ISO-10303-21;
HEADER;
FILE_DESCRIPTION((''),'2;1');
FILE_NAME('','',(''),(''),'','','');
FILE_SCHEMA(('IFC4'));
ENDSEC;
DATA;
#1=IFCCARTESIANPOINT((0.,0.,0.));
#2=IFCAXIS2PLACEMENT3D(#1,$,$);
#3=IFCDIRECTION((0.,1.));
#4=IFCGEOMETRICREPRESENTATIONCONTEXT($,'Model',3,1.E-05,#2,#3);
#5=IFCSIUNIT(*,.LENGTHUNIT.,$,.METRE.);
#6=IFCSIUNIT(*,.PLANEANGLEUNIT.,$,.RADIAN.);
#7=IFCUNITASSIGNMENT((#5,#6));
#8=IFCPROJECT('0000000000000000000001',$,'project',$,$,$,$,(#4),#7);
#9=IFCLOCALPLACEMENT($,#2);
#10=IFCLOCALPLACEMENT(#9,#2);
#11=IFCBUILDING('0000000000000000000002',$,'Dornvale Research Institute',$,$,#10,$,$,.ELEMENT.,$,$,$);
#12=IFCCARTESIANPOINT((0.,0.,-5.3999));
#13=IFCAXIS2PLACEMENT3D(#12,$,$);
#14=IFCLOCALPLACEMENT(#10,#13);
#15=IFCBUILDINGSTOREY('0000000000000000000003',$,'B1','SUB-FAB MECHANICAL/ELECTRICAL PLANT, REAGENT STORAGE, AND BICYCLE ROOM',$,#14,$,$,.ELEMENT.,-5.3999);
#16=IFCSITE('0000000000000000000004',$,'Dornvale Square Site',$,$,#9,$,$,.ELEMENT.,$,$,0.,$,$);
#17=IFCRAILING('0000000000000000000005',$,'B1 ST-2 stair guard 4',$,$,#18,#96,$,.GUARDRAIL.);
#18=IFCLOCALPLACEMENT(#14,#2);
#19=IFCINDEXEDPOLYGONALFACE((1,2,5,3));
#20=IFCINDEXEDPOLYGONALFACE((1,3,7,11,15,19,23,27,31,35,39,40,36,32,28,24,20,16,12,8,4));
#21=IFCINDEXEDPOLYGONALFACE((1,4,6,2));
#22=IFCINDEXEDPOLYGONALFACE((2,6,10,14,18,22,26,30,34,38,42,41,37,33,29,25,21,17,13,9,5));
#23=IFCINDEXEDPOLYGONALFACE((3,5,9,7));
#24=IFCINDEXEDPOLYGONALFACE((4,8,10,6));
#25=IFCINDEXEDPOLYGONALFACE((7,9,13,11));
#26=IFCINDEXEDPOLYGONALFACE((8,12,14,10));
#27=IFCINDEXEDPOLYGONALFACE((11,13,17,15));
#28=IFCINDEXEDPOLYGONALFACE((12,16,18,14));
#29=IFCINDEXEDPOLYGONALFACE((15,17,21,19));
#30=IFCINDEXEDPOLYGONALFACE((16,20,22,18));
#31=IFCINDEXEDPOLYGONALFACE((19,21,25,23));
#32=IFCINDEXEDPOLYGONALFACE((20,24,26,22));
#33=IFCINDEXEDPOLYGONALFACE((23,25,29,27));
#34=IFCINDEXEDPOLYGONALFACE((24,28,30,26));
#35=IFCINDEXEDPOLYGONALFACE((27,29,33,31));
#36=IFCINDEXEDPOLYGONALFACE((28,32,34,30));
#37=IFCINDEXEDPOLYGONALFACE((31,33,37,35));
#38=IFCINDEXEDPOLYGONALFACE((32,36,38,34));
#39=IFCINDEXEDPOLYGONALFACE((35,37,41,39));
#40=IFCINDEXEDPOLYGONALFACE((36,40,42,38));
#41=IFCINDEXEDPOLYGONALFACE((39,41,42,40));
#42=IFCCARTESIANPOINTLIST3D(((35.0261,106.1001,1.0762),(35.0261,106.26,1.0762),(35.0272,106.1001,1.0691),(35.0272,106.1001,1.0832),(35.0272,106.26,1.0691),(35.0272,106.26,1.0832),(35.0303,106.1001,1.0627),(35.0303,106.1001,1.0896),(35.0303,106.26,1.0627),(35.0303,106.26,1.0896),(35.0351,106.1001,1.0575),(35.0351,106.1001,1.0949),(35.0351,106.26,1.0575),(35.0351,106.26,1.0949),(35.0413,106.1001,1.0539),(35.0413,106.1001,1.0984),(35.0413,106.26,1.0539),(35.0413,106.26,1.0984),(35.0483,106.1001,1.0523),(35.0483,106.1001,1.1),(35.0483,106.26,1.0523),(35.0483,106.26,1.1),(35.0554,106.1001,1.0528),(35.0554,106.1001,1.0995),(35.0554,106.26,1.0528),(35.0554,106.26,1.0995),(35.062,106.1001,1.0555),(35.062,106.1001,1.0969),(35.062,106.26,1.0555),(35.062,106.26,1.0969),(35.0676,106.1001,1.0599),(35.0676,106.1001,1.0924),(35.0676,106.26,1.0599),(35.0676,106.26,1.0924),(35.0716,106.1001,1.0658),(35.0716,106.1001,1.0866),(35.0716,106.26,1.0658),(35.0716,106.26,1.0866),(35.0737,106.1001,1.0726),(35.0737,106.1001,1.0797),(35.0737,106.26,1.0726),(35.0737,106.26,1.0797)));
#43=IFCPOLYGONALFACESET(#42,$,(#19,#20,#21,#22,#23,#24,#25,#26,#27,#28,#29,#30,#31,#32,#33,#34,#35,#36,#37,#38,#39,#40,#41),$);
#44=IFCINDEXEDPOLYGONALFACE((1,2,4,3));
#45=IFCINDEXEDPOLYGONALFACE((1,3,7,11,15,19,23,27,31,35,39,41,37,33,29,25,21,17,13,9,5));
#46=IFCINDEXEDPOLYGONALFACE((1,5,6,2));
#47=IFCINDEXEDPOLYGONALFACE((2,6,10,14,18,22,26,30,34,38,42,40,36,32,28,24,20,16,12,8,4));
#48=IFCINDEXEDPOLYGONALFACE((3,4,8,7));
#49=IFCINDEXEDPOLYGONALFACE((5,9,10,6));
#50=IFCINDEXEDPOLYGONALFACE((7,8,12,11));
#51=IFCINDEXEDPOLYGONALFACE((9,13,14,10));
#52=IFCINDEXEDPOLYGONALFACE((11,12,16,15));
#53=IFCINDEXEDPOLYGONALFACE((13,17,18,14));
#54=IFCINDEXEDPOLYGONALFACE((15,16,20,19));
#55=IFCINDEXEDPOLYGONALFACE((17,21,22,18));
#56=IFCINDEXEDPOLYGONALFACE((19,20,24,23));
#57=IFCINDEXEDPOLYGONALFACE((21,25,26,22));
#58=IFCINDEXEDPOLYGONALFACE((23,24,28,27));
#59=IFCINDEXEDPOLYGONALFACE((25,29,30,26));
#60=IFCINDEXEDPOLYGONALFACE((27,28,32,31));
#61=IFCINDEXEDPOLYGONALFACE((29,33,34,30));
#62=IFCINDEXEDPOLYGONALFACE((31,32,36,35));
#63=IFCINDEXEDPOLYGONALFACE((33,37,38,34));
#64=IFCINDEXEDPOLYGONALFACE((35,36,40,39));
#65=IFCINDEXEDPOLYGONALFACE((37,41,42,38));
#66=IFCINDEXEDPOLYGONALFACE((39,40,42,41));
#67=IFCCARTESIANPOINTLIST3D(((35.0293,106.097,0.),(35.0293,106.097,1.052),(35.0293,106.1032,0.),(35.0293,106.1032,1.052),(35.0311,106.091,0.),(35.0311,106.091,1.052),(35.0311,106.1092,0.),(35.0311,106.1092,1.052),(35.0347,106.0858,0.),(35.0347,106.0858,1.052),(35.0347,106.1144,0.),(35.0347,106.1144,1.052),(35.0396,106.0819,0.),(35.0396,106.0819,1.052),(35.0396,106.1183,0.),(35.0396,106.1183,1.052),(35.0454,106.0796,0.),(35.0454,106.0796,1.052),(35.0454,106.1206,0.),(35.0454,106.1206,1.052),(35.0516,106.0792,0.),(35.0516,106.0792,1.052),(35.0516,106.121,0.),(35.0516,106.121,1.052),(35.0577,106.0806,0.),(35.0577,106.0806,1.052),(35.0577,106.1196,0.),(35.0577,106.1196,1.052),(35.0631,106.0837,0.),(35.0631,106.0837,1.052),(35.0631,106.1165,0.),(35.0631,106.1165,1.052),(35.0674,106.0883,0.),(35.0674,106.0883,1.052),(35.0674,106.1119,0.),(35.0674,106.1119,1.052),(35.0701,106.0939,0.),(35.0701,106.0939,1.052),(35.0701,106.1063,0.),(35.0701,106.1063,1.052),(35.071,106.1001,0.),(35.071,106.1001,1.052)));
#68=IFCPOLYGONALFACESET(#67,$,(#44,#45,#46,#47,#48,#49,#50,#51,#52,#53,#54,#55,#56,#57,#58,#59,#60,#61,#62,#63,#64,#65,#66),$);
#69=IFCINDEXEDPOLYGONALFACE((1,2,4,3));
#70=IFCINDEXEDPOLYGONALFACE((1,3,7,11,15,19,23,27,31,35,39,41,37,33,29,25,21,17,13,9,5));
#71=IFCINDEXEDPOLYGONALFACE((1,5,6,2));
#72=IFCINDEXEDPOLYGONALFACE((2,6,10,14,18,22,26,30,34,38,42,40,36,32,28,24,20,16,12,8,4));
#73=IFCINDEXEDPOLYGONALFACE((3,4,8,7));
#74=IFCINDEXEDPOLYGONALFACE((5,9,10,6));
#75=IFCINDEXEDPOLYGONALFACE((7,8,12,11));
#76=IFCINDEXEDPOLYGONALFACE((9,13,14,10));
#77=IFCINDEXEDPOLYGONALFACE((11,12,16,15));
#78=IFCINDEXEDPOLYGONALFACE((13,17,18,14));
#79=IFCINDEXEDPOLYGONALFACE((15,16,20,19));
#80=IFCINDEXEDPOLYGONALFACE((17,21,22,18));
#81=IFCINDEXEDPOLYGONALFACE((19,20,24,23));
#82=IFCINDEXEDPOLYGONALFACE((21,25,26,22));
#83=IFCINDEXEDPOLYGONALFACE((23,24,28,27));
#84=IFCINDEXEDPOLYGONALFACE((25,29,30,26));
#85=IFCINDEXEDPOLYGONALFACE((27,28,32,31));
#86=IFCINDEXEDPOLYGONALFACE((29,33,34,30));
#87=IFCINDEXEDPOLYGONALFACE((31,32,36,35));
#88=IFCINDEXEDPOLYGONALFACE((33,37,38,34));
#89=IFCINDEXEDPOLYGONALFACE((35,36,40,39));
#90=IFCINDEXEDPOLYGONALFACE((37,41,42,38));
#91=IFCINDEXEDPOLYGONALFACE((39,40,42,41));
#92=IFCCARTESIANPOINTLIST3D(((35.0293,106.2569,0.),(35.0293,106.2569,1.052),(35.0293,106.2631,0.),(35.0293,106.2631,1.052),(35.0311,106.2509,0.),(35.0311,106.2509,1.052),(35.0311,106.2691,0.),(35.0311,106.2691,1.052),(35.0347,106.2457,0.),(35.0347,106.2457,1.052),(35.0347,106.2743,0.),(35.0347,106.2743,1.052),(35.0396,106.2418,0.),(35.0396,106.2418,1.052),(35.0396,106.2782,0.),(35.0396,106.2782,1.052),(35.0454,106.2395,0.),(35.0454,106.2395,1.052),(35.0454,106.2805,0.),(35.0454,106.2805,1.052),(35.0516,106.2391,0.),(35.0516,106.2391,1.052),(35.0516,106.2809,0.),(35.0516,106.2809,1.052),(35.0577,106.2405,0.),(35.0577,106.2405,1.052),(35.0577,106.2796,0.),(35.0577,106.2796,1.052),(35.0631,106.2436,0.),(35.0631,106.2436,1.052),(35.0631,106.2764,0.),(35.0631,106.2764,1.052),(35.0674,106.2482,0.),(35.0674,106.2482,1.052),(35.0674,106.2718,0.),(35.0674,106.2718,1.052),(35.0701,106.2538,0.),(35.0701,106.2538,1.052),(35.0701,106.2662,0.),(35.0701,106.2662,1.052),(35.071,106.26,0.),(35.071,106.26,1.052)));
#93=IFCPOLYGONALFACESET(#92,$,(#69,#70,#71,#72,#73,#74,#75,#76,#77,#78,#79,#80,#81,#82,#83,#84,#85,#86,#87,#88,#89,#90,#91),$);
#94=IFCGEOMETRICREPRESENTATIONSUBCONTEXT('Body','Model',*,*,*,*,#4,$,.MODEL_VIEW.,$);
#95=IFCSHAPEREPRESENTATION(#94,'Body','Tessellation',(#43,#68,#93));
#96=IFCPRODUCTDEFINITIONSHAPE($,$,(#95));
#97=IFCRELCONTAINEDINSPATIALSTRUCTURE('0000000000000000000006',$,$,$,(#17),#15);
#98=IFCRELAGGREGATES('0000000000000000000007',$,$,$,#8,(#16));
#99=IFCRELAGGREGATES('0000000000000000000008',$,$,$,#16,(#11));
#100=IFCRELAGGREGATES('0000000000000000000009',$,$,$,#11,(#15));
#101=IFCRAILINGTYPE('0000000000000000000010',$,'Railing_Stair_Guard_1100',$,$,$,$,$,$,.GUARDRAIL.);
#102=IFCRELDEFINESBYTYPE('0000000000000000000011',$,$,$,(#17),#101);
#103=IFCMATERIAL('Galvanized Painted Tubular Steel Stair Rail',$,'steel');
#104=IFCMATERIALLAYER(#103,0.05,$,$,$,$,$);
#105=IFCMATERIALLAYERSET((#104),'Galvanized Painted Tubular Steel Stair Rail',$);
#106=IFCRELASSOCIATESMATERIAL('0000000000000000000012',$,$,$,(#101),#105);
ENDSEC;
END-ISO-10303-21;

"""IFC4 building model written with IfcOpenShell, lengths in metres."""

from ifc_helpers import new_model, si_unit, direction, frame, origin, origin_2d, place, context, subcontext, project, spatial, circle, extrude, material, layer, layer_set, type_object, element, save


model = new_model("IFC4")

# Units and contexts
model_context = context("Model", 3, precision=1e-05, world=origin(), true_north=direction((0.0, 1.0)))
body_context = subcontext(model_context, "Body", "Model", "MODEL_VIEW")
ifc_project = project(units=[si_unit("LENGTHUNIT", "METRE"), si_unit("PLANEANGLEUNIT", "RADIAN")], contexts=[model_context])

# Site, building, storey
site_placement = place(None, origin())
site = spatial("IfcSite", under=ifc_project, at=site_placement, Name="Dornvale Square Site", CompositionType="ELEMENT", RefElevation=0.0)
building_placement = place(site_placement, origin())
building = spatial("IfcBuilding", under=site, at=building_placement, Name="Dornvale Research Institute", CompositionType="ELEMENT")
storey_placement = place(building_placement, frame((0.0, 0.0, -5.3999)))
storey = spatial("IfcBuildingStorey", under=building, at=storey_placement, Name="B1", Description="SUB-FAB MECHANICAL/ELECTRICAL PLANT, REAGENT STORAGE, AND BICYCLE ROOM", CompositionType="ELEMENT", Elevation=-5.3999)

# Railing
ifc_material_1 = material(Name="Galvanized Painted Tubular Steel Stair Rail", Category="steel")
ifc_layer_1 = layer(ifc_material_1, 0.05)
ifc_layer_set_1 = layer_set([ifc_layer_1], Name="Galvanized Painted Tubular Steel Stair Rail")
railing_type_1 = type_object("IfcRailingType", Name="Railing_Stair_Guard_1100", PredefinedType="GUARDRAIL", material=ifc_layer_set_1)
railing_1_placement = place(storey_placement, frame((35.05, 106.1001, 0.0)))
element("IfcRailing", 1, at=railing_1_placement, inside=storey, type_object=railing_type_1, Name="B1 ST-2 stair guard 4", PredefinedType="GUARDRAIL", context=body_context, shape_type="SweptSolid", body=[
    extrude(circle(Radius=0.0239, at=origin_2d()), frame((0.0, 0.0, 1.0762), z_axis=(0.0, 1.0, 0.0), x_axis=(-1.0, 0.0, 0.0)), (0.0, 0.0, 1.0), 0.1599),
    extrude(circle(Radius=0.021, at=origin_2d()), origin(), (0.0, 0.0, 1.0), 1.052),
    extrude(circle(Radius=0.021, at=origin_2d()), frame((0.0, 0.1599, 0.0)), (0.0, 0.0, 1.0), 1.052),
])

save(model, "model.ifc")
